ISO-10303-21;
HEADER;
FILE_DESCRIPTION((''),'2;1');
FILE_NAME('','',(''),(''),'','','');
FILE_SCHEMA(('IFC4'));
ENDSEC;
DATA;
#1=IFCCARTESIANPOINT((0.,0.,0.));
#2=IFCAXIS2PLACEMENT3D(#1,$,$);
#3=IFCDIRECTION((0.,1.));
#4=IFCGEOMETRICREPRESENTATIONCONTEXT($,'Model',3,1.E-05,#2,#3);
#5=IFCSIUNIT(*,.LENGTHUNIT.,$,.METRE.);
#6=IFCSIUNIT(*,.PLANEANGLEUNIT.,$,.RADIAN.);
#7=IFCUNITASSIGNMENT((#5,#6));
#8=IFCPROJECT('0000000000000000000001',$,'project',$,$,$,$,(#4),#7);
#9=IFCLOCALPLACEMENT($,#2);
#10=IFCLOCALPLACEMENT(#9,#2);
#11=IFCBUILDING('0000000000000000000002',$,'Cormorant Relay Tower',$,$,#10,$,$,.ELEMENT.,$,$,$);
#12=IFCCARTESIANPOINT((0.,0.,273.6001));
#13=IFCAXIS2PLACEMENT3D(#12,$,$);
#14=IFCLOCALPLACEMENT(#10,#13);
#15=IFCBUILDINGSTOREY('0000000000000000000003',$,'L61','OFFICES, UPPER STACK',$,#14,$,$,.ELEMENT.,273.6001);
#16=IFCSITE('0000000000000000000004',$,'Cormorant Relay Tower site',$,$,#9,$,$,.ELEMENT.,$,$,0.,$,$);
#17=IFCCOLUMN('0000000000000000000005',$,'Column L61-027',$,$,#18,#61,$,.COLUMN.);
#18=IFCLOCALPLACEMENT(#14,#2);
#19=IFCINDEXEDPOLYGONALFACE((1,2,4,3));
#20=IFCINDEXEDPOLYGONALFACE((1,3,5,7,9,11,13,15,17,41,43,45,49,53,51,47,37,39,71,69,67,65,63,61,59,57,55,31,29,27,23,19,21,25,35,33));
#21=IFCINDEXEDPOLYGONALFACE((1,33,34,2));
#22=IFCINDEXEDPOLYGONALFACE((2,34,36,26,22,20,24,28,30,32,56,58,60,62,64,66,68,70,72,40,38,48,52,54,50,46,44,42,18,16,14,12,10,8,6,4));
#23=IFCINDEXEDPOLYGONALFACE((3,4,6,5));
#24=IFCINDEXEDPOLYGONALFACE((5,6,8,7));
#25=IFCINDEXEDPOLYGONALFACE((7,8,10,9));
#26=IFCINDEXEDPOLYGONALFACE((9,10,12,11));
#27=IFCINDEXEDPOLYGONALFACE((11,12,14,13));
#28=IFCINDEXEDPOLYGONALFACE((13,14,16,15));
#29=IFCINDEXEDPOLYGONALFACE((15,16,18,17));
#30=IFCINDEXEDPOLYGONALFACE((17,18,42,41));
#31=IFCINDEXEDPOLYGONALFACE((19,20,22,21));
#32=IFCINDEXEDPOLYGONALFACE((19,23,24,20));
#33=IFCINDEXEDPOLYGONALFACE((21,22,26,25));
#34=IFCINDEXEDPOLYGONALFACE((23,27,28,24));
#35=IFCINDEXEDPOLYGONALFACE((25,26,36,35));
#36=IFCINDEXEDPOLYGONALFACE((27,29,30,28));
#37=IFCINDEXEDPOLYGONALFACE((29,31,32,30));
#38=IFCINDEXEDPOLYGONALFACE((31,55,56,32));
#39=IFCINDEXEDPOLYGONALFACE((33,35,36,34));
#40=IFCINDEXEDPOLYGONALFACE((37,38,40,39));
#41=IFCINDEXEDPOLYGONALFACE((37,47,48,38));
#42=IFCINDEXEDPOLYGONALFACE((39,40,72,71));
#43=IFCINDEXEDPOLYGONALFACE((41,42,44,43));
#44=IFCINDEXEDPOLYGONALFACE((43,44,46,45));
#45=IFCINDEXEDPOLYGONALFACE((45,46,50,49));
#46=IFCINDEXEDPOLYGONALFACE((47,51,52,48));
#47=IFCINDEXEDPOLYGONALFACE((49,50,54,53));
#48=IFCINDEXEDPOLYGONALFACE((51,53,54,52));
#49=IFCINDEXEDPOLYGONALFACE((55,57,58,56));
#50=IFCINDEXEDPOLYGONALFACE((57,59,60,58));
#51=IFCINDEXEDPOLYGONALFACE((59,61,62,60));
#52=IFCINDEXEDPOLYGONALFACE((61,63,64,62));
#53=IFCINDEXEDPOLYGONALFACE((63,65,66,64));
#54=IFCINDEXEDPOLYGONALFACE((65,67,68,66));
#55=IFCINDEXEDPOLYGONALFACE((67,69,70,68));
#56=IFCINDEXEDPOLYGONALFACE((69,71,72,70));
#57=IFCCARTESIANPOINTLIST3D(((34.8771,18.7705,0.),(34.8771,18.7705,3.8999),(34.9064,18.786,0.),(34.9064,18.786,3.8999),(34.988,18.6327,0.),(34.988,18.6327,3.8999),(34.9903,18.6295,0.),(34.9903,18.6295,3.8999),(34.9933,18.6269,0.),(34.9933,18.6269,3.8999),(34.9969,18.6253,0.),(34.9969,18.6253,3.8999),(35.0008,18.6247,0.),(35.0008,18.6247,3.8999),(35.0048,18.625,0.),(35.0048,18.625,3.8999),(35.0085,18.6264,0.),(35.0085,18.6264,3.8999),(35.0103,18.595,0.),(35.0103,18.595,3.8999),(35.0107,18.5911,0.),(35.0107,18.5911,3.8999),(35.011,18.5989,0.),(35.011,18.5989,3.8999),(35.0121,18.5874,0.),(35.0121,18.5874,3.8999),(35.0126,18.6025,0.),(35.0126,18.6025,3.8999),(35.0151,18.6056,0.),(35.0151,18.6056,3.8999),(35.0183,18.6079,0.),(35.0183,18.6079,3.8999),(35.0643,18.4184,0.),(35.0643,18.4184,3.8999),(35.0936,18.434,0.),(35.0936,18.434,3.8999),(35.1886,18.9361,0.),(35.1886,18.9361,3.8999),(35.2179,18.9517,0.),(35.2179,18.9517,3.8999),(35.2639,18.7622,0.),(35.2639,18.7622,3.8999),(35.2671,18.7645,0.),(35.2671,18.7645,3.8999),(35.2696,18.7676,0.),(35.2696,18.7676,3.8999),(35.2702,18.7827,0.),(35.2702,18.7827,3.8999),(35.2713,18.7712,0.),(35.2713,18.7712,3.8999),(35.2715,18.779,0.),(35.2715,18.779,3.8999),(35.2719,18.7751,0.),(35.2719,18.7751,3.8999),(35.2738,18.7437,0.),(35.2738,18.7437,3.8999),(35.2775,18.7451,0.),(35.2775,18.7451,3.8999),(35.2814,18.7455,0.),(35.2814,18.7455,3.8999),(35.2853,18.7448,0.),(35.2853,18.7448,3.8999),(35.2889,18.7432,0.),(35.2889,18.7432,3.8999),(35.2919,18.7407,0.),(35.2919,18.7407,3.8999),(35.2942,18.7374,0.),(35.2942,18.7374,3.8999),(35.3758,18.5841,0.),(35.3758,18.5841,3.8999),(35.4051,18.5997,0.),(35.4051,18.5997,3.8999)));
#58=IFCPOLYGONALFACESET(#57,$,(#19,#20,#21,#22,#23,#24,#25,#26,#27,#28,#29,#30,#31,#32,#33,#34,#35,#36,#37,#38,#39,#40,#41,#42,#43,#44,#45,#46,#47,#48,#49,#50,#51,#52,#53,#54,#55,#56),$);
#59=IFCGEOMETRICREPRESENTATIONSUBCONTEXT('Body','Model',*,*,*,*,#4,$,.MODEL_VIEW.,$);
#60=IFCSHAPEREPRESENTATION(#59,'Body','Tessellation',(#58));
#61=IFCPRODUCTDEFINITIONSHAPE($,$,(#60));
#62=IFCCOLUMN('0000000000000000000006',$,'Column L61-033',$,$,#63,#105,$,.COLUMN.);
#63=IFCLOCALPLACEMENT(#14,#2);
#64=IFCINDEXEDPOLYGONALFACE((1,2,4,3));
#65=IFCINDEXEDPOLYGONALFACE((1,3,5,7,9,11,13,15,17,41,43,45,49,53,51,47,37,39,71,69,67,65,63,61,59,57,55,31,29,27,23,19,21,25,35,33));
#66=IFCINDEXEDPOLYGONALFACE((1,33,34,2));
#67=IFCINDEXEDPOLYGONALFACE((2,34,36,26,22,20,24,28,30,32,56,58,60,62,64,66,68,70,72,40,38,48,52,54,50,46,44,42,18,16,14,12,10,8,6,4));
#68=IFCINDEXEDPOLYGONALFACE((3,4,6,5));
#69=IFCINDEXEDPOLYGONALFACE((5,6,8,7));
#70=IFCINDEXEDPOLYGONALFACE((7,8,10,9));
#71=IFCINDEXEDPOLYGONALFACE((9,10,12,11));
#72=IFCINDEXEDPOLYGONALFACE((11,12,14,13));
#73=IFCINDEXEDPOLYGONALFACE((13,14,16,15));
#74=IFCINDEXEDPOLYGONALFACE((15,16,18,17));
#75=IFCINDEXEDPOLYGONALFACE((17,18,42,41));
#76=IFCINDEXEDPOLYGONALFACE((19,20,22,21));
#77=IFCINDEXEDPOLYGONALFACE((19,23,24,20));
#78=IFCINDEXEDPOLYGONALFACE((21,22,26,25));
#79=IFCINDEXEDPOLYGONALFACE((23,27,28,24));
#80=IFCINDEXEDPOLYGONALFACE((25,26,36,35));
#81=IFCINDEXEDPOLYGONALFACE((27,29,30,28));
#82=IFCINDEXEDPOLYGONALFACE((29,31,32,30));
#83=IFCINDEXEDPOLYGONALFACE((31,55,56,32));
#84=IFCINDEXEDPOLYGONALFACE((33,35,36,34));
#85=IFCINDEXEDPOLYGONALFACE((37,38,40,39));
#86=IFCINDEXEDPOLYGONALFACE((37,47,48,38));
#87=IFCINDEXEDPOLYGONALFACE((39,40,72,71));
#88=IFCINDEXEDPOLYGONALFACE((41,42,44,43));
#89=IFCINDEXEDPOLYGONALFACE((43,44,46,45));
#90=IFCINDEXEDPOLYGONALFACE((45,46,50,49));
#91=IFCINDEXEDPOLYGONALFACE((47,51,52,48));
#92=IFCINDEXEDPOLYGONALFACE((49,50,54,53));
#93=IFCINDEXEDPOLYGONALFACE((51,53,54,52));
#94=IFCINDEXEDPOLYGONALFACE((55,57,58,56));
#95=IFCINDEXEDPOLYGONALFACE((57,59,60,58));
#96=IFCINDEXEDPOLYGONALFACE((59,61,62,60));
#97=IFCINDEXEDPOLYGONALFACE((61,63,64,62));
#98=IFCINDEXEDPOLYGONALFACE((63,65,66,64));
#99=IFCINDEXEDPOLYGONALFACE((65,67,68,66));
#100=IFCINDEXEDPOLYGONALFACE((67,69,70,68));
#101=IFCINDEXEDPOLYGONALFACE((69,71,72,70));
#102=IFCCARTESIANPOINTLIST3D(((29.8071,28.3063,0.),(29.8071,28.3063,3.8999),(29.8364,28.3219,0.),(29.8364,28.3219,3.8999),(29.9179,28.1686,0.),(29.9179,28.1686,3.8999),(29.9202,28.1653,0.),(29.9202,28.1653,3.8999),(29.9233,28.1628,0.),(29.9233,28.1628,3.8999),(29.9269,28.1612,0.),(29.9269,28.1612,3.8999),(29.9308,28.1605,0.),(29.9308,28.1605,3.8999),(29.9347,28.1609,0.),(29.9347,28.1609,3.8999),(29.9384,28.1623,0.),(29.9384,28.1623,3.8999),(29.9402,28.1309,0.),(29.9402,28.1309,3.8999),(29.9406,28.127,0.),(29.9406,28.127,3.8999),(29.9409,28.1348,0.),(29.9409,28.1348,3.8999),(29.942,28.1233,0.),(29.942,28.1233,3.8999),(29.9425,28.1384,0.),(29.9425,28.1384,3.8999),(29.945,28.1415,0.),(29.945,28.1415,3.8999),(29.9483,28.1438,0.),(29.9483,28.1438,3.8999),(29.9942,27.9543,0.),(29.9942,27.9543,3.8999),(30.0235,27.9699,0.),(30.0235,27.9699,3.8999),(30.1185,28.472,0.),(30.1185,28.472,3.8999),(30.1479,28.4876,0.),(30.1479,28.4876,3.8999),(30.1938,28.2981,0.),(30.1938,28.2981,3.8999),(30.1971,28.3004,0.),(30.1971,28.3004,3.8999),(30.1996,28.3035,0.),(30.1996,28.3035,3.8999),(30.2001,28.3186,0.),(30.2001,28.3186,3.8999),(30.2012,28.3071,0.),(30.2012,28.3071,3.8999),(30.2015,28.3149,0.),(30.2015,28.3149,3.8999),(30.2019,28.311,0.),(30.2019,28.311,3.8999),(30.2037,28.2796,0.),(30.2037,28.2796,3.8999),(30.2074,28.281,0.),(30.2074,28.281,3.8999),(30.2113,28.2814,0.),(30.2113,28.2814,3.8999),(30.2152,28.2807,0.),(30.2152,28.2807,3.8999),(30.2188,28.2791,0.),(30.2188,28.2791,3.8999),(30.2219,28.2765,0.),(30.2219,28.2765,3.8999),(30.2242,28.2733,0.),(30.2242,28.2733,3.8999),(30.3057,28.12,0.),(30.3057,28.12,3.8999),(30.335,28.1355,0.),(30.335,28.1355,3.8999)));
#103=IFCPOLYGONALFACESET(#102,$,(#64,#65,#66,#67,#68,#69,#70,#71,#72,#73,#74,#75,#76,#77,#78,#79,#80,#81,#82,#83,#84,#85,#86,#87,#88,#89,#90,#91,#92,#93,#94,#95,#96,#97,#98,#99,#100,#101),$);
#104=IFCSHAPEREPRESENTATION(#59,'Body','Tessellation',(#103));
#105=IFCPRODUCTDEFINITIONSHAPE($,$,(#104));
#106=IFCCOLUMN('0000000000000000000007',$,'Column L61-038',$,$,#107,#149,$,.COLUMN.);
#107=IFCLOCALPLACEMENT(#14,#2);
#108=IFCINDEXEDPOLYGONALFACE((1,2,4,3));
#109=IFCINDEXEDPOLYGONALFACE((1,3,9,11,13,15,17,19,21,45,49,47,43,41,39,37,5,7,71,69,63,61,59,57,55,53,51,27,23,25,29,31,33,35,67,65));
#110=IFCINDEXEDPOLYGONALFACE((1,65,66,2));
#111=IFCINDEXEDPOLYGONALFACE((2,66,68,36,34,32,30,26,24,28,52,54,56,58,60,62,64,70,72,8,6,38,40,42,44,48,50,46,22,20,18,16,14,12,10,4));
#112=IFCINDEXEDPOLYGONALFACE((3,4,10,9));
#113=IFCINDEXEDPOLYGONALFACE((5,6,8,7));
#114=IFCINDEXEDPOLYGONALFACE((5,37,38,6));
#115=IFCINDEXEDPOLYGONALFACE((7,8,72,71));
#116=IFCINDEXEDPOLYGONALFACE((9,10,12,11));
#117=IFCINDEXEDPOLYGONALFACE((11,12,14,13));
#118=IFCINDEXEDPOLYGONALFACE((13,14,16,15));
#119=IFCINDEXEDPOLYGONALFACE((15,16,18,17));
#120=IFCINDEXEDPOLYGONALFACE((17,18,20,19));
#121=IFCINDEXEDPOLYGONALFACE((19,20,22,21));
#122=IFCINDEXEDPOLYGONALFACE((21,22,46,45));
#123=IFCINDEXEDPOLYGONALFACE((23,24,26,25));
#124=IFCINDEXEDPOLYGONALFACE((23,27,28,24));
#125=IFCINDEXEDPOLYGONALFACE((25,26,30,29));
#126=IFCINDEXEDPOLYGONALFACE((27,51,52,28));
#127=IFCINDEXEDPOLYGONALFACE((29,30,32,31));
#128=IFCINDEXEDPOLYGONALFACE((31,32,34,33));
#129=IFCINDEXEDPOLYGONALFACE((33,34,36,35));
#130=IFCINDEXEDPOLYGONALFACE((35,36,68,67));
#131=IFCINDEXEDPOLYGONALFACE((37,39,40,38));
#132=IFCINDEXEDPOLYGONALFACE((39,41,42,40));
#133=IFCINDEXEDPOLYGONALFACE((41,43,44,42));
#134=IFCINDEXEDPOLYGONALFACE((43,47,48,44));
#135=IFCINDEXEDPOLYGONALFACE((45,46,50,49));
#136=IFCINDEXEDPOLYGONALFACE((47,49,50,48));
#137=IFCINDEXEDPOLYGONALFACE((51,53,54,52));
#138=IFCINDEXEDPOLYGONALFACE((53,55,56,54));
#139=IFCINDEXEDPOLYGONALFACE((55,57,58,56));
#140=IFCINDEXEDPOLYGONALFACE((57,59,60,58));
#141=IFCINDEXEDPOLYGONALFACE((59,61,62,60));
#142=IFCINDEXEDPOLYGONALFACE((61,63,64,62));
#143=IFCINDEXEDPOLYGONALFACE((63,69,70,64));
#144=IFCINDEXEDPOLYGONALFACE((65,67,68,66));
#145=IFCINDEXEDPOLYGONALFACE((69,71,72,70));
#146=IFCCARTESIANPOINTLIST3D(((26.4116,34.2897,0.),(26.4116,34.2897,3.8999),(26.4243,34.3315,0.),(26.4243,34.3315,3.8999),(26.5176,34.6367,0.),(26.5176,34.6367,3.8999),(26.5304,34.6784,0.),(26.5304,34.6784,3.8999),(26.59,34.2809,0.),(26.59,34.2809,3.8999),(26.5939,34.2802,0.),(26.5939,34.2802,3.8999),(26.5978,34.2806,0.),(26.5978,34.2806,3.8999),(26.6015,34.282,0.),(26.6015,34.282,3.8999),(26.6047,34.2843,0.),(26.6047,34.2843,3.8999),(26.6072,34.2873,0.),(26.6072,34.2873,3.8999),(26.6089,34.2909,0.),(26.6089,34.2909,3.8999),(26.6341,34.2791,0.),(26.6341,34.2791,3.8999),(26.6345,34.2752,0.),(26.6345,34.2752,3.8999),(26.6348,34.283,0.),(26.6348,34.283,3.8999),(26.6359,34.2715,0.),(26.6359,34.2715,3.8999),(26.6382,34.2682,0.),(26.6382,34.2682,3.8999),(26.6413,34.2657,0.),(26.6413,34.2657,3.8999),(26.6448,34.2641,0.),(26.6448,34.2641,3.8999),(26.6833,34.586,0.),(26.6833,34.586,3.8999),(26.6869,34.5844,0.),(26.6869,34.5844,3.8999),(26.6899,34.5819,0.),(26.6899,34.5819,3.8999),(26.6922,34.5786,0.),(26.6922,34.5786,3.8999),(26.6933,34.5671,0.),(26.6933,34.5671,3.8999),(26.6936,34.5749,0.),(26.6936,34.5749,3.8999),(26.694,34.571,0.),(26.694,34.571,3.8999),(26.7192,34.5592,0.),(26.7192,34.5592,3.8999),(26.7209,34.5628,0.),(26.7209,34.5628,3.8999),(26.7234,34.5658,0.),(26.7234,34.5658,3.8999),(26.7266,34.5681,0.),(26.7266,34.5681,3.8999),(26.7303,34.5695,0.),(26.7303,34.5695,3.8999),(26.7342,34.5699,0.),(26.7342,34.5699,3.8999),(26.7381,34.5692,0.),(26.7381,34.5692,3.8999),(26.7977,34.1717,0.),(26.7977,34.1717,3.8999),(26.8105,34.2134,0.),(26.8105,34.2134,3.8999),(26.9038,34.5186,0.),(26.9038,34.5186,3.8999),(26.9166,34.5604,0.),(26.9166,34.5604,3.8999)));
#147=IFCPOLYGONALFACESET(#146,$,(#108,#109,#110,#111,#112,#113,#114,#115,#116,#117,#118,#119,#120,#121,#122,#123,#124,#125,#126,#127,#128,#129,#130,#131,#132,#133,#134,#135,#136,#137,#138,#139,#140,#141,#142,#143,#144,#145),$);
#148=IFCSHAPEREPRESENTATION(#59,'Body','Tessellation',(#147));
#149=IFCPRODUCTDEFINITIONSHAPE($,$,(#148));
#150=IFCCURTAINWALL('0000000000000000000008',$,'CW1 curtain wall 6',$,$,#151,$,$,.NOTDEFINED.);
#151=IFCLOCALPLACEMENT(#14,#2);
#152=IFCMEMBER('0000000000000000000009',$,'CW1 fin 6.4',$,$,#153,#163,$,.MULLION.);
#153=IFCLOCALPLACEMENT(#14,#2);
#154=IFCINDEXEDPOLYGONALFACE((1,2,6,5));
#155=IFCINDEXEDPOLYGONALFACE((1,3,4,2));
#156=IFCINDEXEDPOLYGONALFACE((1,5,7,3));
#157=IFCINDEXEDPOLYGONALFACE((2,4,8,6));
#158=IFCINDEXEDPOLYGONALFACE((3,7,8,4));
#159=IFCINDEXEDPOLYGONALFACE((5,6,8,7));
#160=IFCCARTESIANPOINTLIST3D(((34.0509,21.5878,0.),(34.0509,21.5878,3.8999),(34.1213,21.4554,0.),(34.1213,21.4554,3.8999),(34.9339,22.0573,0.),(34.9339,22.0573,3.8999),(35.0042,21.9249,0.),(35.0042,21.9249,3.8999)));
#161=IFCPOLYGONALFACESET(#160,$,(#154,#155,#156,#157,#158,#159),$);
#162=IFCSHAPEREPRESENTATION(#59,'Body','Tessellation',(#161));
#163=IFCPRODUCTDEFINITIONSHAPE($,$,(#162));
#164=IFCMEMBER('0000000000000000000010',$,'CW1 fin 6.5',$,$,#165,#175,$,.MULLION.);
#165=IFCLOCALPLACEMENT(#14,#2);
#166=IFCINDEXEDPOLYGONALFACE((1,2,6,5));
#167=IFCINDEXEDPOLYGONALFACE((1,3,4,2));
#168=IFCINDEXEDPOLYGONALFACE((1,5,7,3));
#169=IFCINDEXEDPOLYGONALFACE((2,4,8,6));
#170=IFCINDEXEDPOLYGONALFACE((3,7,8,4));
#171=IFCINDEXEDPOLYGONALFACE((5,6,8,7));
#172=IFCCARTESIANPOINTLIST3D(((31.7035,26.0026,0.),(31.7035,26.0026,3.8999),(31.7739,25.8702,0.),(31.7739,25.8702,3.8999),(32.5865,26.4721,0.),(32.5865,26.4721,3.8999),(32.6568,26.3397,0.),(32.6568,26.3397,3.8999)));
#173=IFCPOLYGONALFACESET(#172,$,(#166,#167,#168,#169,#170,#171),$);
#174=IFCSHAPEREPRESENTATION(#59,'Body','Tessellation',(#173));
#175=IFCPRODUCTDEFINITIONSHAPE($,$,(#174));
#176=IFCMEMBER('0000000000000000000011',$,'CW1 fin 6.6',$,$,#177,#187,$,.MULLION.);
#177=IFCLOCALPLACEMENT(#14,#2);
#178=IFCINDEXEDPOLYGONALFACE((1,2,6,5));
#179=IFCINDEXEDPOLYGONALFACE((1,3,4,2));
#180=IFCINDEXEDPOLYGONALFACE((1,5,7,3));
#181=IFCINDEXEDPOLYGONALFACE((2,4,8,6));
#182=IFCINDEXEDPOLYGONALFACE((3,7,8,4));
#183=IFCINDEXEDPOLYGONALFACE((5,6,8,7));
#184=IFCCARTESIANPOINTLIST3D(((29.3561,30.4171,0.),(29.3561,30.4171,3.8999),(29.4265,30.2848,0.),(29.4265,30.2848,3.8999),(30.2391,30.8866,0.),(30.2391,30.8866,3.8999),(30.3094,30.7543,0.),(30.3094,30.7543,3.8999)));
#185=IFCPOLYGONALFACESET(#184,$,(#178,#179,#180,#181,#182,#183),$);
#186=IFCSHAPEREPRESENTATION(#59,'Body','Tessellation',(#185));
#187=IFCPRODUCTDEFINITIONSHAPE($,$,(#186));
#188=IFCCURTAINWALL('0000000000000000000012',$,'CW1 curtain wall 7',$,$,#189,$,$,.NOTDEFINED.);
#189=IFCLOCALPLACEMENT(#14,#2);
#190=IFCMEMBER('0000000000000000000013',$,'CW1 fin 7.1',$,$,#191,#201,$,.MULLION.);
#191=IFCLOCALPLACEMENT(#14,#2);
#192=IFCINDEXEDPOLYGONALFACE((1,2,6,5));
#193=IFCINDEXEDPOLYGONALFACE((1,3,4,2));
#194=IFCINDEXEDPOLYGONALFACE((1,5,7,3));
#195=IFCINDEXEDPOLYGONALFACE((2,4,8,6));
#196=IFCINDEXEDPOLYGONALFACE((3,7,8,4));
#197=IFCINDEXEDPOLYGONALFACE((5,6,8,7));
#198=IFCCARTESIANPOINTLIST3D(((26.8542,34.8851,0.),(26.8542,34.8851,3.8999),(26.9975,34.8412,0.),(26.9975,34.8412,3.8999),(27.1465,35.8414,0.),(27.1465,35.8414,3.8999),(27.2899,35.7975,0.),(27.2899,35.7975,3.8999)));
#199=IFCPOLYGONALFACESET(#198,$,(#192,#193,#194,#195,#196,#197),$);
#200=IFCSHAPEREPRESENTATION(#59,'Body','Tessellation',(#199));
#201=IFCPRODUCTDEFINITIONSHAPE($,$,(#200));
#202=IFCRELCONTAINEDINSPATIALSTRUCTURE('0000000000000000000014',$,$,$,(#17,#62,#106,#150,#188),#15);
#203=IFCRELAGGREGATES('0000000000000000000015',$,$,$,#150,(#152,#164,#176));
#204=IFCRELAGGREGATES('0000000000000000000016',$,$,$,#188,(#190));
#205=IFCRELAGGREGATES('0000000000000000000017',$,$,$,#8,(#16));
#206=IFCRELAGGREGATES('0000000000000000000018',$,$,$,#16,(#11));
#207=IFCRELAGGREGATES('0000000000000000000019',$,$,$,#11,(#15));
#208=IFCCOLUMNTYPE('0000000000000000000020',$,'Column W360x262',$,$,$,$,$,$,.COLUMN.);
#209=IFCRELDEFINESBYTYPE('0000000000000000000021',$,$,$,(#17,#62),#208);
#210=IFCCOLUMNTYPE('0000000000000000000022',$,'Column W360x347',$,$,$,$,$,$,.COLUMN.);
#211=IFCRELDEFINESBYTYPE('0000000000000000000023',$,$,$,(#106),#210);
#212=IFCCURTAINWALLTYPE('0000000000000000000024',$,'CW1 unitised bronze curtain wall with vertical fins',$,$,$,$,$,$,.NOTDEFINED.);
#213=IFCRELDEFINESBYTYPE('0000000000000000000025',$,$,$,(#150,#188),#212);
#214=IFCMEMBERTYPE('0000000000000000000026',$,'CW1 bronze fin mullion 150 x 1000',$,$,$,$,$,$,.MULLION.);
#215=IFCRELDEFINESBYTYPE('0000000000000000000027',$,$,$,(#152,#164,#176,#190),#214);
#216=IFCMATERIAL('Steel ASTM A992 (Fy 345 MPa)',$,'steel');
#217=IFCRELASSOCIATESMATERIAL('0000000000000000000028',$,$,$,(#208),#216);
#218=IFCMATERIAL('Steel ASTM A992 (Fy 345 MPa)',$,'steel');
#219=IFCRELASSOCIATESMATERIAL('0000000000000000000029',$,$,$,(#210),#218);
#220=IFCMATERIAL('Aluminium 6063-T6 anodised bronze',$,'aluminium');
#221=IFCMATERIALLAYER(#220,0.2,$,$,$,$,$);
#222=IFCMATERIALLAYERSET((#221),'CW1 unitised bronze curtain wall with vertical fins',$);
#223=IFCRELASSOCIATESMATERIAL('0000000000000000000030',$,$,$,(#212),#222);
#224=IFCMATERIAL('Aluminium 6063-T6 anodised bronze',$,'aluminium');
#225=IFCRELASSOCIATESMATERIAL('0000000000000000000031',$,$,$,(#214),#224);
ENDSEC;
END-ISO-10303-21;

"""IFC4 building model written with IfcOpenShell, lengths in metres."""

from ifc_helpers import new_model, si_unit, direction, frame, origin, origin_2d, place, context, subcontext, project, spatial, rectangle, i_section, extrude, material, layer, layer_set, material_profile, profile_set, type_object, element, aggregate, save


model = new_model("IFC4")

# Units and contexts
model_context = context("Model", 3, precision=1e-05, world=origin(), true_north=direction((0.0, 1.0)))
body_context = subcontext(model_context, "Body", "Model", "MODEL_VIEW")
ifc_project = project(units=[si_unit("LENGTHUNIT", "METRE"), si_unit("PLANEANGLEUNIT", "RADIAN")], contexts=[model_context])

# Site, building, storey
site_placement = place(None, origin())
site = spatial("IfcSite", under=ifc_project, at=site_placement, Name="Cormorant Relay Tower site", CompositionType="ELEMENT", RefElevation=0.0)
building_placement = place(site_placement, origin())
building = spatial("IfcBuilding", under=site, at=building_placement, Name="Cormorant Relay Tower", CompositionType="ELEMENT")
storey_placement = place(building_placement, frame((0.0, 0.0, 273.6001)))
storey = spatial("IfcBuildingStorey", under=building, at=storey_placement, Name="L61", Description="OFFICES, UPPER STACK", CompositionType="ELEMENT", Elevation=273.6001)

# Columns
ifc_material_1 = material(Name="Steel ASTM A992 (Fy 345 MPa)", Category="steel")
ifc_material_profile_1 = material_profile(ifc_material_1, i_section(OverallWidth=0.3987, OverallDepth=0.386, WebThickness=0.021, FlangeThickness=0.0332, FilletRadius=0.0151, at=origin_2d()), Name="W360x262")
ifc_profile_set_1 = profile_set([ifc_material_profile_1], Name="Steel ASTM A992 (Fy 345 MPa)")
column_type_1 = type_object("IfcColumnType", Name="Column W360x262", PredefinedType="COLUMN", material=ifc_profile_set_1)
for number, where, z_axis, x_axis, name in (
    (1, (35.1411, 18.6851, 0.0), (0.0, 0.0, 1.0), (-0.469472, 0.882948, 0.0), "Column L61-027"),
    (2, (30.071, 28.2209, 0.0), (0.0, 0.0, 1.0), (-0.469472, 0.882948, 0.0), "Column L61-033"),
):
    element("IfcColumn", number, at=place(storey_placement, frame(where, z_axis=z_axis, x_axis=x_axis)), inside=storey, type_object=column_type_1, Name=name, PredefinedType="COLUMN", context=body_context, shape_type="SweptSolid", body=[
        extrude(i_section(OverallWidth=0.3987, OverallDepth=0.386, WebThickness=0.021, FlangeThickness=0.0332, FilletRadius=0.0151, at=origin_2d()), origin(), (0.0, 0.0, 1.0), 3.8999),
    ])
ifc_material_2 = material(Name="Steel ASTM A992 (Fy 345 MPa)", Category="steel")
ifc_material_profile_2 = material_profile(ifc_material_2, i_section(OverallWidth=0.4038, OverallDepth=0.4065, WebThickness=0.0271, FlangeThickness=0.0437, FilletRadius=0.0151, at=origin_2d()), Name="W360x347")
ifc_profile_set_2 = profile_set([ifc_material_profile_2], Name="Steel ASTM A992 (Fy 345 MPa)")
column_type_2 = type_object("IfcColumnType", Name="Column W360x347", PredefinedType="COLUMN", material=ifc_profile_set_2)
column_placement = place(storey_placement, frame((26.6641, 34.425, 0.0), z_axis=(0.0, 0.0, 1.0), x_axis=(-0.956305, 0.292372, 0.0)))
element("IfcColumn", 3, at=column_placement, inside=storey, type_object=column_type_2, Name="Column L61-038", PredefinedType="COLUMN", context=body_context, shape_type="SweptSolid", body=[
    extrude(i_section(OverallWidth=0.4038, OverallDepth=0.4065, WebThickness=0.0271, FlangeThickness=0.0437, FilletRadius=0.0151, at=origin_2d()), origin(), (0.0, 0.0, 1.0), 3.8999),
])

# Curtain walls, members
ifc_material_3 = material(Name="Aluminium 6063-T6 anodised bronze", Category="aluminium")
ifc_layer_1 = layer(ifc_material_3, 0.2)
ifc_layer_set_1 = layer_set([ifc_layer_1], Name="CW1 unitised bronze curtain wall with vertical fins")
curtain_wall_type = type_object("IfcCurtainWallType", Name="CW1 unitised bronze curtain wall with vertical fins", PredefinedType="NOTDEFINED", material=ifc_layer_set_1)
curtain_wall_1_placement = place(storey_placement, origin())
curtain_wall_1 = element("IfcCurtainWall", 4, at=curtain_wall_1_placement, inside=storey, type_object=curtain_wall_type, Name="CW1 curtain wall 6", PredefinedType="NOTDEFINED")
ifc_material_4 = material(Name="Aluminium 6063-T6 anodised bronze", Category="aluminium")
ifc_material_profile_3 = material_profile(ifc_material_4, rectangle(XDim=0.1499, YDim=1.0, at=origin_2d()), Name="AL 150x1000")
ifc_profile_set_3 = profile_set([ifc_material_profile_3], Name="Aluminium 6063-T6 anodised bronze")
member_type_1 = type_object("IfcMemberType", Name="CW1 bronze fin mullion 150 x 1000", PredefinedType="MULLION", material=ifc_profile_set_3)
member_1_placement = place(storey_placement, frame((34.5276, 21.7563, 0.0), z_axis=(0.0, 0.0, 1.0), x_axis=(-0.469472, 0.882948, 0.0)))
member_1 = element("IfcMember", 5, at=member_1_placement, type_object=member_type_1, Name="CW1 fin 6.4", PredefinedType="MULLION", context=body_context, shape_type="SweptSolid", body=[
    extrude(rectangle(XDim=0.1499, YDim=1.0, at=origin_2d()), origin(), (0.0, 0.0, 1.0), 3.8999),
])
member_2_placement = place(storey_placement, frame((32.1802, 26.1711, 0.0), z_axis=(0.0, 0.0, 1.0), x_axis=(-0.469472, 0.882948, 0.0)))
member_2 = element("IfcMember", 6, at=member_2_placement, type_object=member_type_1, Name="CW1 fin 6.5", PredefinedType="MULLION", context=body_context, shape_type="SweptSolid", body=[
    extrude(rectangle(XDim=0.1499, YDim=1.0, at=origin_2d()), origin(), (0.0, 0.0, 1.0), 3.8999),
])
member_3_placement = place(storey_placement, frame((29.8328, 30.5857, 0.0), z_axis=(0.0, 0.0, 1.0), x_axis=(-0.469472, 0.882948, 0.0)))
member_3 = element("IfcMember", 7, at=member_3_placement, type_object=member_type_1, Name="CW1 fin 6.6", PredefinedType="MULLION", context=body_context, shape_type="SweptSolid", body=[
    extrude(rectangle(XDim=0.1499, YDim=1.0, at=origin_2d()), origin(), (0.0, 0.0, 1.0), 3.8999),
])
curtain_wall_2_placement = place(storey_placement, origin())
curtain_wall_2 = element("IfcCurtainWall", 8, at=curtain_wall_2_placement, inside=storey, type_object=curtain_wall_type, Name="CW1 curtain wall 7", PredefinedType="NOTDEFINED")
member_4_placement = place(storey_placement, frame((27.072, 35.3413, 0.0), z_axis=(0.0, 0.0, 1.0), x_axis=(-0.956305, 0.292372, 0.0)))
member_4 = element("IfcMember", 9, at=member_4_placement, type_object=member_type_1, Name="CW1 fin 7.1", PredefinedType="MULLION", context=body_context, shape_type="SweptSolid", body=[
    extrude(rectangle(XDim=0.1499, YDim=1.0, at=origin_2d()), origin(), (0.0, 0.0, 1.0), 3.8999),
])

aggregate(curtain_wall_1, [member_1, member_2, member_3])
aggregate(curtain_wall_2, [member_4])

save(model, "model.ifc")
